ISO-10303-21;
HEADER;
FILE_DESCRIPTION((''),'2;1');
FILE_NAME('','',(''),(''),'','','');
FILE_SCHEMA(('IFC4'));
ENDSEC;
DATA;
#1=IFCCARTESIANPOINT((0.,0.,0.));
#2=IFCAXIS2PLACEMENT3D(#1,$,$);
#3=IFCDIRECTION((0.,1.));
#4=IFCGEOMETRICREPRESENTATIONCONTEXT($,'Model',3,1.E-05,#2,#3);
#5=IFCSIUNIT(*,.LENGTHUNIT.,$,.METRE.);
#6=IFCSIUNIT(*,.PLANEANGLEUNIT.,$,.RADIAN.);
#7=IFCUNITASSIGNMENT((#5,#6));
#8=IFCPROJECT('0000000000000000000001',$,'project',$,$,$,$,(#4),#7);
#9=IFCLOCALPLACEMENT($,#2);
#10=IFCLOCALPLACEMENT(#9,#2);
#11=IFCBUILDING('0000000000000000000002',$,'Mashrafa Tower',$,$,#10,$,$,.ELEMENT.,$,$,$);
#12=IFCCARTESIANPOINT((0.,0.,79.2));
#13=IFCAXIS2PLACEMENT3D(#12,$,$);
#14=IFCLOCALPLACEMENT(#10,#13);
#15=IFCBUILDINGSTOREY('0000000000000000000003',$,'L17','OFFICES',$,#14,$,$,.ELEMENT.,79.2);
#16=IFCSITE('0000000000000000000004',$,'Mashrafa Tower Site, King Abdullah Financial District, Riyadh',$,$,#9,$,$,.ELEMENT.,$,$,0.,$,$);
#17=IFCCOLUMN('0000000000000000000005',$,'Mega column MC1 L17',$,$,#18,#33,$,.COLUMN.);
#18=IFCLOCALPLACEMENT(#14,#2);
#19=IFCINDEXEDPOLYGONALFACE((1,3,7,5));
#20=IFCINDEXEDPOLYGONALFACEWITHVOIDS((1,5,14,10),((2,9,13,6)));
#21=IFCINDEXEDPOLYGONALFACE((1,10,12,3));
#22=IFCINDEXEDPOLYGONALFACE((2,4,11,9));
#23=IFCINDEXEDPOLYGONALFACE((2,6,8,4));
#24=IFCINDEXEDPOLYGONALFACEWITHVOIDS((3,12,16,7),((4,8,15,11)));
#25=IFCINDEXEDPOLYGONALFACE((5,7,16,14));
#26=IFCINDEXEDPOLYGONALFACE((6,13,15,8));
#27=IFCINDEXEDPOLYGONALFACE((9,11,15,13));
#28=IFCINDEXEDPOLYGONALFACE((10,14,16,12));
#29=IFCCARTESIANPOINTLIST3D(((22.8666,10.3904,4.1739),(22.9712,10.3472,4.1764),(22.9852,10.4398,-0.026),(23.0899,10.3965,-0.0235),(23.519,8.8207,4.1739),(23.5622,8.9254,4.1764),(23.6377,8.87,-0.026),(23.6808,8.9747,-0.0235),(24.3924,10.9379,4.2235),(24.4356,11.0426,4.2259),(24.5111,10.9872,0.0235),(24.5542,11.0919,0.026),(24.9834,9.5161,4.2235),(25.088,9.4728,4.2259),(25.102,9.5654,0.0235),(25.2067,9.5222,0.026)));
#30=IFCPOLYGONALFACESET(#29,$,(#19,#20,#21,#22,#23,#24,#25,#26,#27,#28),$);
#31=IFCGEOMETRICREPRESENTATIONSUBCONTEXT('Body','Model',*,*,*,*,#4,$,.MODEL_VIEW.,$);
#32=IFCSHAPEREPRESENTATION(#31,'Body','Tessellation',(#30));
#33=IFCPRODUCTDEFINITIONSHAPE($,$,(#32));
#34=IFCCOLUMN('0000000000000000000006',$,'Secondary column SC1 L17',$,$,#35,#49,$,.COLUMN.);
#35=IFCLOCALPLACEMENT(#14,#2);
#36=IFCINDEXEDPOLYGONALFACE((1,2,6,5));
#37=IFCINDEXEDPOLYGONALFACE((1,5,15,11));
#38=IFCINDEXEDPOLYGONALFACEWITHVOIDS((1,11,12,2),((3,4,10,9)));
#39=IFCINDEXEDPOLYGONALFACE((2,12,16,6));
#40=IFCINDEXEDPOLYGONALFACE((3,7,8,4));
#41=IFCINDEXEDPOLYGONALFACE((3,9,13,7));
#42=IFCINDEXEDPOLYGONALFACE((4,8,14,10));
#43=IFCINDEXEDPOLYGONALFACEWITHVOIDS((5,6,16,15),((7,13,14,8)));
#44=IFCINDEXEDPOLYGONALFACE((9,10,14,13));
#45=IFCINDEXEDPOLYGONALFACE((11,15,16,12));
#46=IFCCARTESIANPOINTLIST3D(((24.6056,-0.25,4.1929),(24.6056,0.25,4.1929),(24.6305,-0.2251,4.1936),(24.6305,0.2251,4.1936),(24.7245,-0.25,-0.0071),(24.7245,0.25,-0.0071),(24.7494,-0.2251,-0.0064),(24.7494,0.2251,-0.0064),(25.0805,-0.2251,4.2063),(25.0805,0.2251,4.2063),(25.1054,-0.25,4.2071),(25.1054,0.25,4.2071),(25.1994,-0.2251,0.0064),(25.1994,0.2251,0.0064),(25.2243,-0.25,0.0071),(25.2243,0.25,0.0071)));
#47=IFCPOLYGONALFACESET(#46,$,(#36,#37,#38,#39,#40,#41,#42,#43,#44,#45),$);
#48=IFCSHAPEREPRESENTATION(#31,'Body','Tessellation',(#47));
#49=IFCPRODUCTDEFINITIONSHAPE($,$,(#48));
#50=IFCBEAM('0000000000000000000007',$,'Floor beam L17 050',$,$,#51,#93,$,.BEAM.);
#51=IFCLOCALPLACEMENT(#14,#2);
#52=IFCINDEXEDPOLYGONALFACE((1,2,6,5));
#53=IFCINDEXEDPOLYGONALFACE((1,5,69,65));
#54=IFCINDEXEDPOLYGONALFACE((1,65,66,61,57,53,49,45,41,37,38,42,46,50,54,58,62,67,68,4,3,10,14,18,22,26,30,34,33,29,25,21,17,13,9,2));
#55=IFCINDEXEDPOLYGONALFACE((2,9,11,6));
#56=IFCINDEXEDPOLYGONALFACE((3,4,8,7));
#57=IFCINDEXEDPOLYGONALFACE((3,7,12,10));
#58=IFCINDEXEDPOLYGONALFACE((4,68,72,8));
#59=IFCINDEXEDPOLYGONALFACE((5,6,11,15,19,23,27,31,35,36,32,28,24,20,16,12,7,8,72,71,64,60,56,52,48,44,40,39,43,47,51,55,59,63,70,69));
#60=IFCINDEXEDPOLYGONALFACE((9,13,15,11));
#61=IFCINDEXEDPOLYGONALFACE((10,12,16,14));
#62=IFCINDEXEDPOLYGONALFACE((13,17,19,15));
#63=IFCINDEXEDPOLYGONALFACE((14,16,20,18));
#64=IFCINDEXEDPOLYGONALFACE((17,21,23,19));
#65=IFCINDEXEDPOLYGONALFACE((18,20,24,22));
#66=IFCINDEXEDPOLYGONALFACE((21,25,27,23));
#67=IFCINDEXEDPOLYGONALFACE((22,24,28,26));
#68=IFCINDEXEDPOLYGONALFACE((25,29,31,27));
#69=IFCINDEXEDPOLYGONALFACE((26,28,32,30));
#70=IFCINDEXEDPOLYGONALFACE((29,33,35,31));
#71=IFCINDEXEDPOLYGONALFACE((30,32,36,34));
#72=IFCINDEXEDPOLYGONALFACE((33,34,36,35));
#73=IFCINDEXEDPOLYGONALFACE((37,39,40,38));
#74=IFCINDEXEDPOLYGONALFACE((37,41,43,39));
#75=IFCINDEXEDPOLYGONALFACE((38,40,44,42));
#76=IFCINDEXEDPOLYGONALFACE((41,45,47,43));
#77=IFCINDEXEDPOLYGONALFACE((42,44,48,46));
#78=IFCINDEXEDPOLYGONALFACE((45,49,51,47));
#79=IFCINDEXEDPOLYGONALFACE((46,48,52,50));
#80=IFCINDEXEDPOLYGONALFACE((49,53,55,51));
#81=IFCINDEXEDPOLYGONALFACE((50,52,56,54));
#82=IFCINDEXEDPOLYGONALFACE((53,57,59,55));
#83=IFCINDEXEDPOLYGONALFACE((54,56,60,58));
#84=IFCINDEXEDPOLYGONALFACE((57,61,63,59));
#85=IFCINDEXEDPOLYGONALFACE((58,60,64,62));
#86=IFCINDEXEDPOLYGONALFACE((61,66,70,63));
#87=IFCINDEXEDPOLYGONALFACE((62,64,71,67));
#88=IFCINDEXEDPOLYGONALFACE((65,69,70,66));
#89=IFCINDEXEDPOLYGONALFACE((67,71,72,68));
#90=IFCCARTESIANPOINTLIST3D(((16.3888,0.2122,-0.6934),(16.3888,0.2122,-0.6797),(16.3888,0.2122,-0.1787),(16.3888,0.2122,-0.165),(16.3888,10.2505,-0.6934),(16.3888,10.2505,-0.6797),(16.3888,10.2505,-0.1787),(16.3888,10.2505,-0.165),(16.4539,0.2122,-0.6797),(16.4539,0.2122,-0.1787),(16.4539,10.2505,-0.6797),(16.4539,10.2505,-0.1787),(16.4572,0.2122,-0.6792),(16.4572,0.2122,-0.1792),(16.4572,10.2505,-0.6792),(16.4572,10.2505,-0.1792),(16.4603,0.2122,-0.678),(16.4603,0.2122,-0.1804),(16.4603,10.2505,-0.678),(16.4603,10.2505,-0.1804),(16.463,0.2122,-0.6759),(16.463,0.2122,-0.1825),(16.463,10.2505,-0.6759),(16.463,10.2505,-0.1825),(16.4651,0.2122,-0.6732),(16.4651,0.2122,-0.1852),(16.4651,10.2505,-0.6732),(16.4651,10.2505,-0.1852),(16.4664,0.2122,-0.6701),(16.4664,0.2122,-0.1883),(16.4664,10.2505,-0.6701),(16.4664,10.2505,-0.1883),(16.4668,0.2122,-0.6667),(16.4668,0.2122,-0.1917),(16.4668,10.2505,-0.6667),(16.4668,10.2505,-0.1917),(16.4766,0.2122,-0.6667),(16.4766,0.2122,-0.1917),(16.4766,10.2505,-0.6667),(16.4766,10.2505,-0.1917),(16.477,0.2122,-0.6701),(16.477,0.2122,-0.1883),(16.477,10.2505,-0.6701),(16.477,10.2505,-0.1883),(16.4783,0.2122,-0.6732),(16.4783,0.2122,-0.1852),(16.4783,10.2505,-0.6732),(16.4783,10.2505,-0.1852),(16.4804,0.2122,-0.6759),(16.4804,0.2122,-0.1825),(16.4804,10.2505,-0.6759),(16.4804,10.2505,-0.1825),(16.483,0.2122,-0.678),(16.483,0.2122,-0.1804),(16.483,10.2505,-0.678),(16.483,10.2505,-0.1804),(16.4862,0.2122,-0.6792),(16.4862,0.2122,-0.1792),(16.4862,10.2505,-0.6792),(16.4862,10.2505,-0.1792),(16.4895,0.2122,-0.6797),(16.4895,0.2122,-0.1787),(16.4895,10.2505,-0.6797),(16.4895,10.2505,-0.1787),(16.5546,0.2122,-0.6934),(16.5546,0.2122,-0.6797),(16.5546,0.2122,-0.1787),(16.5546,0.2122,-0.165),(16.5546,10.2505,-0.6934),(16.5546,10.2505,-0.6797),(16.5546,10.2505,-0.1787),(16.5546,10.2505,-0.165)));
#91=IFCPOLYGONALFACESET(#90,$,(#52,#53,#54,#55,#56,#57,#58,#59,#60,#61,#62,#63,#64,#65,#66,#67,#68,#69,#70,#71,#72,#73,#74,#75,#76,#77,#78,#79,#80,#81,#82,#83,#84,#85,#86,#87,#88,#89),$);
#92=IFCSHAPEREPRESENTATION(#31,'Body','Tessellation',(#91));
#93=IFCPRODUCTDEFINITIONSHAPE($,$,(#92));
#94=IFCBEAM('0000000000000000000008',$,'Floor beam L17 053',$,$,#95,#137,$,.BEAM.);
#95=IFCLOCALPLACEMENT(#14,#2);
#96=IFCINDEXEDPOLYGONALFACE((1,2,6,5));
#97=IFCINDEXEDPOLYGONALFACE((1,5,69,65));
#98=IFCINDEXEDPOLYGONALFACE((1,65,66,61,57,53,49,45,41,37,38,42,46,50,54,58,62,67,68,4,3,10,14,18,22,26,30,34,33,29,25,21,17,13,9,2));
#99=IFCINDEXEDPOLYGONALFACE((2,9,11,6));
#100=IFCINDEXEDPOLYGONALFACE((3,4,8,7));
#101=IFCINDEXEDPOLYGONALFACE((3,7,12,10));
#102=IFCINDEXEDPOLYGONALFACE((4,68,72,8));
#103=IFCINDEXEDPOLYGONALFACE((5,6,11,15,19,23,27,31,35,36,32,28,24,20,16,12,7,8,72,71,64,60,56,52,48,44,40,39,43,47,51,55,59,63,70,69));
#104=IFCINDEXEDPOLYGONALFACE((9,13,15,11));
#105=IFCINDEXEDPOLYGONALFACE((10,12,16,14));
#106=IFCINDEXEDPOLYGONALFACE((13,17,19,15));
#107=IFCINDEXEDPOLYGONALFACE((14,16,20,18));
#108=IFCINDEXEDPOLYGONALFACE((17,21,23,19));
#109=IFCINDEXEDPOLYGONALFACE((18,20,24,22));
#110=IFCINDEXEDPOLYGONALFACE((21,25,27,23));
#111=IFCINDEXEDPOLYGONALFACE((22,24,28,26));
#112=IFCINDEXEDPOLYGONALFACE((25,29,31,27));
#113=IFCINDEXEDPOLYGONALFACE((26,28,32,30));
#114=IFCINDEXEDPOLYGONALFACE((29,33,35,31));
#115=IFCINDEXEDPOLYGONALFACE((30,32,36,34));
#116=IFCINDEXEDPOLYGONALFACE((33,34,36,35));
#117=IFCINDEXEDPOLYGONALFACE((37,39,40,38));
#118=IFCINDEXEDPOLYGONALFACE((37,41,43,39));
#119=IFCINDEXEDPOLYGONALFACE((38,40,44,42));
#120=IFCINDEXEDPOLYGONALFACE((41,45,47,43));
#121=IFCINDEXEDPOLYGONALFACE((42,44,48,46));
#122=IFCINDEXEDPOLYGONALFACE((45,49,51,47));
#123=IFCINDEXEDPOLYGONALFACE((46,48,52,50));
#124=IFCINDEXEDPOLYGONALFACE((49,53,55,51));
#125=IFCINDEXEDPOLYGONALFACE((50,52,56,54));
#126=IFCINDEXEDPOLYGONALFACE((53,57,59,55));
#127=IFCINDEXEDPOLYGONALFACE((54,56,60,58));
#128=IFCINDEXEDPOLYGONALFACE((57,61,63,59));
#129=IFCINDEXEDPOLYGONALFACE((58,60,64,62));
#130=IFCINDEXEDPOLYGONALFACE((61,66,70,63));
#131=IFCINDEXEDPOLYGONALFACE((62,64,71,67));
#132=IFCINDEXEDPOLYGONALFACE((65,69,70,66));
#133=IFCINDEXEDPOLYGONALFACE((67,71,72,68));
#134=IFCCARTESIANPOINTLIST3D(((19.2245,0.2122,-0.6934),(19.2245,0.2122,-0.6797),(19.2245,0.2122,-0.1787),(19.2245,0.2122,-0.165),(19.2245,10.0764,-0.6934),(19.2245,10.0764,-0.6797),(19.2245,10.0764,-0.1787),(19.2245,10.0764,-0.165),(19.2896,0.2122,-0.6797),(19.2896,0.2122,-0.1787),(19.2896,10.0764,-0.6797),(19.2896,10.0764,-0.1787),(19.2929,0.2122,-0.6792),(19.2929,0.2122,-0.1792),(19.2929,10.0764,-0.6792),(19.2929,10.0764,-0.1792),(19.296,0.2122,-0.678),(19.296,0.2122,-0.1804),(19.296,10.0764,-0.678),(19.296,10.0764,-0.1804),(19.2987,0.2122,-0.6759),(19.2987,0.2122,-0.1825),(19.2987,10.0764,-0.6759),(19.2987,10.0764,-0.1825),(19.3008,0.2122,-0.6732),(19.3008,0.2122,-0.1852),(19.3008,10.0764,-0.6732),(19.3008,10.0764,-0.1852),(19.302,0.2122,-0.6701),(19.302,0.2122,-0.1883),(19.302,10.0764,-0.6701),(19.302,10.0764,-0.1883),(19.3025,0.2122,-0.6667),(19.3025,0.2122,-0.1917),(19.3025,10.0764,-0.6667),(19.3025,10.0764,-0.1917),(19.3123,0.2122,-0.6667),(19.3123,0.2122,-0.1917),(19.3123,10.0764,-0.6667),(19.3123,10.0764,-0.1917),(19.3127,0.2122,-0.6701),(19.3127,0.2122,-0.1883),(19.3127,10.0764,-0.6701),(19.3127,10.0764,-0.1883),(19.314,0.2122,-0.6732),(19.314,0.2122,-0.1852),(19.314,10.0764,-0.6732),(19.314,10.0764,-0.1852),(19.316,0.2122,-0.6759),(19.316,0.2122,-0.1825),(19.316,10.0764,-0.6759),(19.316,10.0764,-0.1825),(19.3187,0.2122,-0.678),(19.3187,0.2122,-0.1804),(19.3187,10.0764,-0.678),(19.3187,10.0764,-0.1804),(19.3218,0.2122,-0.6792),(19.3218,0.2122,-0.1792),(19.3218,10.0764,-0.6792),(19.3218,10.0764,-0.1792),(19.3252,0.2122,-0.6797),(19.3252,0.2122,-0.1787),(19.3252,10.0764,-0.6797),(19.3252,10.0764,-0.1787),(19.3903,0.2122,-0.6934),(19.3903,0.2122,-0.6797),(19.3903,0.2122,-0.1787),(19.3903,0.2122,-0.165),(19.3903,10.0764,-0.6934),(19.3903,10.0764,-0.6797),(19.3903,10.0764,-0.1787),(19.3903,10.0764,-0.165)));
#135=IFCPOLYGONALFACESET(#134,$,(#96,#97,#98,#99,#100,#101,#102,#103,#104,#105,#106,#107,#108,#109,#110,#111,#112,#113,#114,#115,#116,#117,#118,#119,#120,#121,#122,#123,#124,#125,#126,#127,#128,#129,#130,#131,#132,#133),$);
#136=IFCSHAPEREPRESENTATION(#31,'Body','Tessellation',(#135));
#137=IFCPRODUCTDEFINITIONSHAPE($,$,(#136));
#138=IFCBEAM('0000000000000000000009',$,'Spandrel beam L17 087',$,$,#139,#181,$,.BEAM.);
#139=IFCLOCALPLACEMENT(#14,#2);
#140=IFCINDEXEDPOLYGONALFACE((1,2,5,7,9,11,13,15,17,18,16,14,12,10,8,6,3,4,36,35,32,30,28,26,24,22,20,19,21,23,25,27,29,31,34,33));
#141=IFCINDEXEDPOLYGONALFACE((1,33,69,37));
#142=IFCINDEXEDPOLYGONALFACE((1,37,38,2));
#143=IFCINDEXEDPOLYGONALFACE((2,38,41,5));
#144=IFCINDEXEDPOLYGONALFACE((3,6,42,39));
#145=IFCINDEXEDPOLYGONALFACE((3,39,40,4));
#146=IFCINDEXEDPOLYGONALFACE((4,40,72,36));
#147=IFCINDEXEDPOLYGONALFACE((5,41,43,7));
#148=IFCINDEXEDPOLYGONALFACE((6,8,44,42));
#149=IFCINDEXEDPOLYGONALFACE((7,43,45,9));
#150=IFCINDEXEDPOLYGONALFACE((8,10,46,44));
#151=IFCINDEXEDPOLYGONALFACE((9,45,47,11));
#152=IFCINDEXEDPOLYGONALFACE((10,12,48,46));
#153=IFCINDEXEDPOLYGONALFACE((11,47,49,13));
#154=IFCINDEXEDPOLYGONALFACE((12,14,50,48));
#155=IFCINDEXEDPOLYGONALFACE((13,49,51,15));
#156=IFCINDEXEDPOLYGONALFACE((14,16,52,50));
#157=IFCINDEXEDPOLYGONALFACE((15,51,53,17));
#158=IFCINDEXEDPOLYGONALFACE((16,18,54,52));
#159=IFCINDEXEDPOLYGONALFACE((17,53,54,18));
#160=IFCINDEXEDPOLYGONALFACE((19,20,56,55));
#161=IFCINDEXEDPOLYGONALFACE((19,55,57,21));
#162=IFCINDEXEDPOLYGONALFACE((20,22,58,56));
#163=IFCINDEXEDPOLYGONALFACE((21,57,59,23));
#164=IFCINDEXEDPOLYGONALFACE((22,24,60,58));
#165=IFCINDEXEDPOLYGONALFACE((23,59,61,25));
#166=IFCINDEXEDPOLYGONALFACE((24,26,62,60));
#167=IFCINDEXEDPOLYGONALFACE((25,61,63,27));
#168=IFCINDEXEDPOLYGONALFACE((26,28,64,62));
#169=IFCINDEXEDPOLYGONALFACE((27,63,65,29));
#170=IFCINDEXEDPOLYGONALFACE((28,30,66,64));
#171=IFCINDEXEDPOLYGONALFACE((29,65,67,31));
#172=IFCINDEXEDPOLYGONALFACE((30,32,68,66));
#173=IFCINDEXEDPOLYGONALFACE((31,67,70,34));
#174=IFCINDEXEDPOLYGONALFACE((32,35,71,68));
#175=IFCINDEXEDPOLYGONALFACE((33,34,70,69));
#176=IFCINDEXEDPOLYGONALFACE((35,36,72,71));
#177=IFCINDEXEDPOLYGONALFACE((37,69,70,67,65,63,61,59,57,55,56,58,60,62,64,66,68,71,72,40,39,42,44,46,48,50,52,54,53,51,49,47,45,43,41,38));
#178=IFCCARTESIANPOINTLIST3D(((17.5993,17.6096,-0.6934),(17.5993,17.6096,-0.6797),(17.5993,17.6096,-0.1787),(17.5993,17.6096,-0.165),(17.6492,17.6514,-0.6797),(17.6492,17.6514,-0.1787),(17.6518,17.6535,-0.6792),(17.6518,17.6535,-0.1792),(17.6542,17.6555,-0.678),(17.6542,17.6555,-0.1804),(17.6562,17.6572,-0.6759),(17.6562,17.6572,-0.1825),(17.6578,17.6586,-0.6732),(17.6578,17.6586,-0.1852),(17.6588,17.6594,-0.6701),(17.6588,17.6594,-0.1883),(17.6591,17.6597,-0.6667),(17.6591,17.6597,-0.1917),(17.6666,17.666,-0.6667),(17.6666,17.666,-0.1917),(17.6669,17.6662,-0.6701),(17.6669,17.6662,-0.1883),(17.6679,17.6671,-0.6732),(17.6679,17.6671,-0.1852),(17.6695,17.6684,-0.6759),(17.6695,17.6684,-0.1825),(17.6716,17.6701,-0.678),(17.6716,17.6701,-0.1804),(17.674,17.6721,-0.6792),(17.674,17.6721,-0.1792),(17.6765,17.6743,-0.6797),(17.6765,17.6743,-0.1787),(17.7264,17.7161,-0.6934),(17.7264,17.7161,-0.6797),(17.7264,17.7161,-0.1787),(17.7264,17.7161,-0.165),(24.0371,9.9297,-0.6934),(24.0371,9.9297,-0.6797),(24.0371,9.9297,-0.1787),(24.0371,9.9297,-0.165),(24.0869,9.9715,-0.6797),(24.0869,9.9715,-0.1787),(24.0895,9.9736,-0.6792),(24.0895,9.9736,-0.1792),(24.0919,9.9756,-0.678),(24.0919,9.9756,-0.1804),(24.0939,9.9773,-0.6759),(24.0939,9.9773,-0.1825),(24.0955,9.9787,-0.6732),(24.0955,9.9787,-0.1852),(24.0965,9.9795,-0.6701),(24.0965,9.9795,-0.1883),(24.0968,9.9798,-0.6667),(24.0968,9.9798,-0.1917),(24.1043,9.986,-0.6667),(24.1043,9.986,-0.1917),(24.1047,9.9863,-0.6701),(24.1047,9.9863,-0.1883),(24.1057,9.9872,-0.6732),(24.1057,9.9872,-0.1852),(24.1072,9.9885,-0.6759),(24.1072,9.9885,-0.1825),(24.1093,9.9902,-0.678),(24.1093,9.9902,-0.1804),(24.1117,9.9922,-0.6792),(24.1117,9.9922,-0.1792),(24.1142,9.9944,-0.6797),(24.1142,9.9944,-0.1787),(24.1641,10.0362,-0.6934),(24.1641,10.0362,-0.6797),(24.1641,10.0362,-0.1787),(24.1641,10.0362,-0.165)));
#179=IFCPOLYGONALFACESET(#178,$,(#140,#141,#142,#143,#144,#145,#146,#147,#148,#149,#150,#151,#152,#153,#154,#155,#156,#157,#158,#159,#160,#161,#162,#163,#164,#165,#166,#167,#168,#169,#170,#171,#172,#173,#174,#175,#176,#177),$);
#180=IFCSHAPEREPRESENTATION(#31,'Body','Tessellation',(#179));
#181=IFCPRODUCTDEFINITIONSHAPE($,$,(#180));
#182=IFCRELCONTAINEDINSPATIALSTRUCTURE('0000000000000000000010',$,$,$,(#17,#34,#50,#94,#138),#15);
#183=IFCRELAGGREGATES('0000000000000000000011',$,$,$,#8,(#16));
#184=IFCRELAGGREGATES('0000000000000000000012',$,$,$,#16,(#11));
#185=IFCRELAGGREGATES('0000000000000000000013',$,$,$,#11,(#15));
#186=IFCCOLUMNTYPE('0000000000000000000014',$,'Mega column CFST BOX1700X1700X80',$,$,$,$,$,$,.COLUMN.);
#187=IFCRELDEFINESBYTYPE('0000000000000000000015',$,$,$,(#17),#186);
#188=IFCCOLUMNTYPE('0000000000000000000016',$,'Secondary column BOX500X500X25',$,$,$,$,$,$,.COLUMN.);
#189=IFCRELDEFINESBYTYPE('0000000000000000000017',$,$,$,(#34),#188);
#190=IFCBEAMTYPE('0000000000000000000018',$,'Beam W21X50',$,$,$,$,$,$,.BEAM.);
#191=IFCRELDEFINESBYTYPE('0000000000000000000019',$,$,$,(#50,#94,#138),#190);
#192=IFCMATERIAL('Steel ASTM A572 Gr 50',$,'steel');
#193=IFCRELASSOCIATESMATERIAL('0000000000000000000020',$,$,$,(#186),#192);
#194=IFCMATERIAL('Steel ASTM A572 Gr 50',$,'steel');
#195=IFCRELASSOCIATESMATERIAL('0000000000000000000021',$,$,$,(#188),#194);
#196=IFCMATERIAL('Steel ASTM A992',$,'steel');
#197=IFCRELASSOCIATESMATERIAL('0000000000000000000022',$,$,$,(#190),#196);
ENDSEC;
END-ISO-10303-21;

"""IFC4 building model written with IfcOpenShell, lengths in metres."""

from ifc_helpers import new_model, si_unit, direction, frame, origin, origin_2d, place, context, subcontext, project, spatial, hollow_rectangle, i_section, extrude, material, material_profile, profile_set, type_object, element, save


model = new_model("IFC4")

# Units and contexts
model_context = context("Model", 3, precision=1e-05, world=origin(), true_north=direction((0.0, 1.0)))
body_context = subcontext(model_context, "Body", "Model", "MODEL_VIEW")
ifc_project = project(units=[si_unit("LENGTHUNIT", "METRE"), si_unit("PLANEANGLEUNIT", "RADIAN")], contexts=[model_context])

# Site, building, storey
site_placement = place(None, origin())
site = spatial("IfcSite", under=ifc_project, at=site_placement, Name="Mashrafa Tower Site, King Abdullah Financial District, Riyadh", CompositionType="ELEMENT", RefElevation=0.0)
building_placement = place(site_placement, origin())
building = spatial("IfcBuilding", under=site, at=building_placement, Name="Mashrafa Tower", CompositionType="ELEMENT")
storey_placement = place(building_placement, frame((0.0, 0.0, 79.2)))
storey = spatial("IfcBuildingStorey", under=building, at=storey_placement, Name="L17", Description="OFFICES", CompositionType="ELEMENT", Elevation=79.2)

# Columns
ifc_material_1 = material(Name="Steel ASTM A572 Gr 50", Category="steel")
ifc_material_profile_1 = material_profile(ifc_material_1, hollow_rectangle(XDim=1.7, YDim=1.7, WallThickness=0.0801, at=origin_2d()), Name="BOX1700X1700X80")
ifc_profile_set_1 = profile_set([ifc_material_profile_1], Name="Steel ASTM A572 Gr 50")
column_type_1 = type_object("IfcColumnType", Name="Mega column CFST BOX1700X1700X80", PredefinedType="COLUMN", material=ifc_profile_set_1)
column_1_placement = place(storey_placement, frame((24.0959, 9.981, 0.0), z_axis=(-0.028238, -0.011737, 0.999532), x_axis=(0.383806, -0.923414, 0.0)))
element("IfcColumn", 1, at=column_1_placement, inside=storey, type_object=column_type_1, Name="Mega column MC1 L17", PredefinedType="COLUMN", context=body_context, shape_type="SweptSolid", body=[
    extrude(hollow_rectangle(XDim=1.7, YDim=1.7, WallThickness=0.0801, at=origin_2d()), origin(), (0.0, 0.0, 1.0), 4.2019),
])
ifc_material_2 = material(Name="Steel ASTM A572 Gr 50", Category="steel")
ifc_material_profile_2 = material_profile(ifc_material_2, hollow_rectangle(XDim=0.5, YDim=0.5, WallThickness=0.0249, at=origin_2d()), Name="BOX500X500X25")
ifc_profile_set_2 = profile_set([ifc_material_profile_2], Name="Steel ASTM A572 Gr 50")
column_type_2 = type_object("IfcColumnType", Name="Secondary column BOX500X500X25", PredefinedType="COLUMN", material=ifc_profile_set_2)
column_2_placement = place(storey_placement, frame((24.9744, 0.0, 0.0), z_axis=(-0.028298, 0.0, 0.9996), x_axis=(0.0, -1.0, 0.0)))
element("IfcColumn", 2, at=column_2_placement, inside=storey, type_object=column_type_2, Name="Secondary column SC1 L17", PredefinedType="COLUMN", context=body_context, shape_type="SweptSolid", body=[
    extrude(hollow_rectangle(XDim=0.5, YDim=0.5, WallThickness=0.0249, at=origin_2d()), origin(), (0.0, 0.0, 1.0), 4.2017),
])

# Beams
ifc_material_3 = material(Name="Steel ASTM A992", Category="steel")
ifc_material_profile_3 = material_profile(ifc_material_3, i_section(OverallWidth=0.1658, OverallDepth=0.5283, WebThickness=0.0098, FlangeThickness=0.0137, FilletRadius=0.0129, at=origin_2d()), Name="W21X50")
ifc_profile_set_3 = profile_set([ifc_material_profile_3], Name="Steel ASTM A992")
beam_type_1 = type_object("IfcBeamType", Name="Beam W21X50", PredefinedType="BEAM", material=ifc_profile_set_3)
beam_1_placement = place(storey_placement, frame((16.4717, 10.2505, -0.4292), z_axis=(0.0, -1.0, 0.0), x_axis=(1.0, 0.0, 0.0)))
element("IfcBeam", 3, at=beam_1_placement, inside=storey, type_object=beam_type_1, Name="Floor beam L17 050", PredefinedType="BEAM", context=body_context, shape_type="SweptSolid", body=[
    extrude(i_section(OverallWidth=0.1658, OverallDepth=0.5283, WebThickness=0.0098, FlangeThickness=0.0137, FilletRadius=0.0129, at=origin_2d()), origin(), (0.0, 0.0, 1.0), 10.0383),
])
beam_2_placement = place(storey_placement, frame((19.3074, 10.0764, -0.4292), z_axis=(0.0, -1.0, 0.0), x_axis=(1.0, 0.0, 0.0)))
element("IfcBeam", 4, at=beam_2_placement, inside=storey, type_object=beam_type_1, Name="Floor beam L17 053", PredefinedType="BEAM", context=body_context, shape_type="SweptSolid", body=[
    extrude(i_section(OverallWidth=0.1658, OverallDepth=0.5283, WebThickness=0.0098, FlangeThickness=0.0137, FilletRadius=0.0129, at=origin_2d()), origin(), (0.0, 0.0, 1.0), 9.8643),
])
beam_3_placement = place(storey_placement, frame((24.1006, 9.9829, -0.4292), z_axis=(-0.642408, 0.766363, 0.0), x_axis=(-0.766363, -0.642408, 0.0)))
element("IfcBeam", 5, at=beam_3_placement, inside=storey, type_object=beam_type_1, Name="Spandrel beam L17 087", PredefinedType="BEAM", context=body_context, shape_type="SweptSolid", body=[
    extrude(i_section(OverallWidth=0.1658, OverallDepth=0.5283, WebThickness=0.0098, FlangeThickness=0.0137, FilletRadius=0.0129, at=origin_2d()), origin(), (0.0, 0.0, 1.0), 10.0212),
])

save(model, "model.ifc")
